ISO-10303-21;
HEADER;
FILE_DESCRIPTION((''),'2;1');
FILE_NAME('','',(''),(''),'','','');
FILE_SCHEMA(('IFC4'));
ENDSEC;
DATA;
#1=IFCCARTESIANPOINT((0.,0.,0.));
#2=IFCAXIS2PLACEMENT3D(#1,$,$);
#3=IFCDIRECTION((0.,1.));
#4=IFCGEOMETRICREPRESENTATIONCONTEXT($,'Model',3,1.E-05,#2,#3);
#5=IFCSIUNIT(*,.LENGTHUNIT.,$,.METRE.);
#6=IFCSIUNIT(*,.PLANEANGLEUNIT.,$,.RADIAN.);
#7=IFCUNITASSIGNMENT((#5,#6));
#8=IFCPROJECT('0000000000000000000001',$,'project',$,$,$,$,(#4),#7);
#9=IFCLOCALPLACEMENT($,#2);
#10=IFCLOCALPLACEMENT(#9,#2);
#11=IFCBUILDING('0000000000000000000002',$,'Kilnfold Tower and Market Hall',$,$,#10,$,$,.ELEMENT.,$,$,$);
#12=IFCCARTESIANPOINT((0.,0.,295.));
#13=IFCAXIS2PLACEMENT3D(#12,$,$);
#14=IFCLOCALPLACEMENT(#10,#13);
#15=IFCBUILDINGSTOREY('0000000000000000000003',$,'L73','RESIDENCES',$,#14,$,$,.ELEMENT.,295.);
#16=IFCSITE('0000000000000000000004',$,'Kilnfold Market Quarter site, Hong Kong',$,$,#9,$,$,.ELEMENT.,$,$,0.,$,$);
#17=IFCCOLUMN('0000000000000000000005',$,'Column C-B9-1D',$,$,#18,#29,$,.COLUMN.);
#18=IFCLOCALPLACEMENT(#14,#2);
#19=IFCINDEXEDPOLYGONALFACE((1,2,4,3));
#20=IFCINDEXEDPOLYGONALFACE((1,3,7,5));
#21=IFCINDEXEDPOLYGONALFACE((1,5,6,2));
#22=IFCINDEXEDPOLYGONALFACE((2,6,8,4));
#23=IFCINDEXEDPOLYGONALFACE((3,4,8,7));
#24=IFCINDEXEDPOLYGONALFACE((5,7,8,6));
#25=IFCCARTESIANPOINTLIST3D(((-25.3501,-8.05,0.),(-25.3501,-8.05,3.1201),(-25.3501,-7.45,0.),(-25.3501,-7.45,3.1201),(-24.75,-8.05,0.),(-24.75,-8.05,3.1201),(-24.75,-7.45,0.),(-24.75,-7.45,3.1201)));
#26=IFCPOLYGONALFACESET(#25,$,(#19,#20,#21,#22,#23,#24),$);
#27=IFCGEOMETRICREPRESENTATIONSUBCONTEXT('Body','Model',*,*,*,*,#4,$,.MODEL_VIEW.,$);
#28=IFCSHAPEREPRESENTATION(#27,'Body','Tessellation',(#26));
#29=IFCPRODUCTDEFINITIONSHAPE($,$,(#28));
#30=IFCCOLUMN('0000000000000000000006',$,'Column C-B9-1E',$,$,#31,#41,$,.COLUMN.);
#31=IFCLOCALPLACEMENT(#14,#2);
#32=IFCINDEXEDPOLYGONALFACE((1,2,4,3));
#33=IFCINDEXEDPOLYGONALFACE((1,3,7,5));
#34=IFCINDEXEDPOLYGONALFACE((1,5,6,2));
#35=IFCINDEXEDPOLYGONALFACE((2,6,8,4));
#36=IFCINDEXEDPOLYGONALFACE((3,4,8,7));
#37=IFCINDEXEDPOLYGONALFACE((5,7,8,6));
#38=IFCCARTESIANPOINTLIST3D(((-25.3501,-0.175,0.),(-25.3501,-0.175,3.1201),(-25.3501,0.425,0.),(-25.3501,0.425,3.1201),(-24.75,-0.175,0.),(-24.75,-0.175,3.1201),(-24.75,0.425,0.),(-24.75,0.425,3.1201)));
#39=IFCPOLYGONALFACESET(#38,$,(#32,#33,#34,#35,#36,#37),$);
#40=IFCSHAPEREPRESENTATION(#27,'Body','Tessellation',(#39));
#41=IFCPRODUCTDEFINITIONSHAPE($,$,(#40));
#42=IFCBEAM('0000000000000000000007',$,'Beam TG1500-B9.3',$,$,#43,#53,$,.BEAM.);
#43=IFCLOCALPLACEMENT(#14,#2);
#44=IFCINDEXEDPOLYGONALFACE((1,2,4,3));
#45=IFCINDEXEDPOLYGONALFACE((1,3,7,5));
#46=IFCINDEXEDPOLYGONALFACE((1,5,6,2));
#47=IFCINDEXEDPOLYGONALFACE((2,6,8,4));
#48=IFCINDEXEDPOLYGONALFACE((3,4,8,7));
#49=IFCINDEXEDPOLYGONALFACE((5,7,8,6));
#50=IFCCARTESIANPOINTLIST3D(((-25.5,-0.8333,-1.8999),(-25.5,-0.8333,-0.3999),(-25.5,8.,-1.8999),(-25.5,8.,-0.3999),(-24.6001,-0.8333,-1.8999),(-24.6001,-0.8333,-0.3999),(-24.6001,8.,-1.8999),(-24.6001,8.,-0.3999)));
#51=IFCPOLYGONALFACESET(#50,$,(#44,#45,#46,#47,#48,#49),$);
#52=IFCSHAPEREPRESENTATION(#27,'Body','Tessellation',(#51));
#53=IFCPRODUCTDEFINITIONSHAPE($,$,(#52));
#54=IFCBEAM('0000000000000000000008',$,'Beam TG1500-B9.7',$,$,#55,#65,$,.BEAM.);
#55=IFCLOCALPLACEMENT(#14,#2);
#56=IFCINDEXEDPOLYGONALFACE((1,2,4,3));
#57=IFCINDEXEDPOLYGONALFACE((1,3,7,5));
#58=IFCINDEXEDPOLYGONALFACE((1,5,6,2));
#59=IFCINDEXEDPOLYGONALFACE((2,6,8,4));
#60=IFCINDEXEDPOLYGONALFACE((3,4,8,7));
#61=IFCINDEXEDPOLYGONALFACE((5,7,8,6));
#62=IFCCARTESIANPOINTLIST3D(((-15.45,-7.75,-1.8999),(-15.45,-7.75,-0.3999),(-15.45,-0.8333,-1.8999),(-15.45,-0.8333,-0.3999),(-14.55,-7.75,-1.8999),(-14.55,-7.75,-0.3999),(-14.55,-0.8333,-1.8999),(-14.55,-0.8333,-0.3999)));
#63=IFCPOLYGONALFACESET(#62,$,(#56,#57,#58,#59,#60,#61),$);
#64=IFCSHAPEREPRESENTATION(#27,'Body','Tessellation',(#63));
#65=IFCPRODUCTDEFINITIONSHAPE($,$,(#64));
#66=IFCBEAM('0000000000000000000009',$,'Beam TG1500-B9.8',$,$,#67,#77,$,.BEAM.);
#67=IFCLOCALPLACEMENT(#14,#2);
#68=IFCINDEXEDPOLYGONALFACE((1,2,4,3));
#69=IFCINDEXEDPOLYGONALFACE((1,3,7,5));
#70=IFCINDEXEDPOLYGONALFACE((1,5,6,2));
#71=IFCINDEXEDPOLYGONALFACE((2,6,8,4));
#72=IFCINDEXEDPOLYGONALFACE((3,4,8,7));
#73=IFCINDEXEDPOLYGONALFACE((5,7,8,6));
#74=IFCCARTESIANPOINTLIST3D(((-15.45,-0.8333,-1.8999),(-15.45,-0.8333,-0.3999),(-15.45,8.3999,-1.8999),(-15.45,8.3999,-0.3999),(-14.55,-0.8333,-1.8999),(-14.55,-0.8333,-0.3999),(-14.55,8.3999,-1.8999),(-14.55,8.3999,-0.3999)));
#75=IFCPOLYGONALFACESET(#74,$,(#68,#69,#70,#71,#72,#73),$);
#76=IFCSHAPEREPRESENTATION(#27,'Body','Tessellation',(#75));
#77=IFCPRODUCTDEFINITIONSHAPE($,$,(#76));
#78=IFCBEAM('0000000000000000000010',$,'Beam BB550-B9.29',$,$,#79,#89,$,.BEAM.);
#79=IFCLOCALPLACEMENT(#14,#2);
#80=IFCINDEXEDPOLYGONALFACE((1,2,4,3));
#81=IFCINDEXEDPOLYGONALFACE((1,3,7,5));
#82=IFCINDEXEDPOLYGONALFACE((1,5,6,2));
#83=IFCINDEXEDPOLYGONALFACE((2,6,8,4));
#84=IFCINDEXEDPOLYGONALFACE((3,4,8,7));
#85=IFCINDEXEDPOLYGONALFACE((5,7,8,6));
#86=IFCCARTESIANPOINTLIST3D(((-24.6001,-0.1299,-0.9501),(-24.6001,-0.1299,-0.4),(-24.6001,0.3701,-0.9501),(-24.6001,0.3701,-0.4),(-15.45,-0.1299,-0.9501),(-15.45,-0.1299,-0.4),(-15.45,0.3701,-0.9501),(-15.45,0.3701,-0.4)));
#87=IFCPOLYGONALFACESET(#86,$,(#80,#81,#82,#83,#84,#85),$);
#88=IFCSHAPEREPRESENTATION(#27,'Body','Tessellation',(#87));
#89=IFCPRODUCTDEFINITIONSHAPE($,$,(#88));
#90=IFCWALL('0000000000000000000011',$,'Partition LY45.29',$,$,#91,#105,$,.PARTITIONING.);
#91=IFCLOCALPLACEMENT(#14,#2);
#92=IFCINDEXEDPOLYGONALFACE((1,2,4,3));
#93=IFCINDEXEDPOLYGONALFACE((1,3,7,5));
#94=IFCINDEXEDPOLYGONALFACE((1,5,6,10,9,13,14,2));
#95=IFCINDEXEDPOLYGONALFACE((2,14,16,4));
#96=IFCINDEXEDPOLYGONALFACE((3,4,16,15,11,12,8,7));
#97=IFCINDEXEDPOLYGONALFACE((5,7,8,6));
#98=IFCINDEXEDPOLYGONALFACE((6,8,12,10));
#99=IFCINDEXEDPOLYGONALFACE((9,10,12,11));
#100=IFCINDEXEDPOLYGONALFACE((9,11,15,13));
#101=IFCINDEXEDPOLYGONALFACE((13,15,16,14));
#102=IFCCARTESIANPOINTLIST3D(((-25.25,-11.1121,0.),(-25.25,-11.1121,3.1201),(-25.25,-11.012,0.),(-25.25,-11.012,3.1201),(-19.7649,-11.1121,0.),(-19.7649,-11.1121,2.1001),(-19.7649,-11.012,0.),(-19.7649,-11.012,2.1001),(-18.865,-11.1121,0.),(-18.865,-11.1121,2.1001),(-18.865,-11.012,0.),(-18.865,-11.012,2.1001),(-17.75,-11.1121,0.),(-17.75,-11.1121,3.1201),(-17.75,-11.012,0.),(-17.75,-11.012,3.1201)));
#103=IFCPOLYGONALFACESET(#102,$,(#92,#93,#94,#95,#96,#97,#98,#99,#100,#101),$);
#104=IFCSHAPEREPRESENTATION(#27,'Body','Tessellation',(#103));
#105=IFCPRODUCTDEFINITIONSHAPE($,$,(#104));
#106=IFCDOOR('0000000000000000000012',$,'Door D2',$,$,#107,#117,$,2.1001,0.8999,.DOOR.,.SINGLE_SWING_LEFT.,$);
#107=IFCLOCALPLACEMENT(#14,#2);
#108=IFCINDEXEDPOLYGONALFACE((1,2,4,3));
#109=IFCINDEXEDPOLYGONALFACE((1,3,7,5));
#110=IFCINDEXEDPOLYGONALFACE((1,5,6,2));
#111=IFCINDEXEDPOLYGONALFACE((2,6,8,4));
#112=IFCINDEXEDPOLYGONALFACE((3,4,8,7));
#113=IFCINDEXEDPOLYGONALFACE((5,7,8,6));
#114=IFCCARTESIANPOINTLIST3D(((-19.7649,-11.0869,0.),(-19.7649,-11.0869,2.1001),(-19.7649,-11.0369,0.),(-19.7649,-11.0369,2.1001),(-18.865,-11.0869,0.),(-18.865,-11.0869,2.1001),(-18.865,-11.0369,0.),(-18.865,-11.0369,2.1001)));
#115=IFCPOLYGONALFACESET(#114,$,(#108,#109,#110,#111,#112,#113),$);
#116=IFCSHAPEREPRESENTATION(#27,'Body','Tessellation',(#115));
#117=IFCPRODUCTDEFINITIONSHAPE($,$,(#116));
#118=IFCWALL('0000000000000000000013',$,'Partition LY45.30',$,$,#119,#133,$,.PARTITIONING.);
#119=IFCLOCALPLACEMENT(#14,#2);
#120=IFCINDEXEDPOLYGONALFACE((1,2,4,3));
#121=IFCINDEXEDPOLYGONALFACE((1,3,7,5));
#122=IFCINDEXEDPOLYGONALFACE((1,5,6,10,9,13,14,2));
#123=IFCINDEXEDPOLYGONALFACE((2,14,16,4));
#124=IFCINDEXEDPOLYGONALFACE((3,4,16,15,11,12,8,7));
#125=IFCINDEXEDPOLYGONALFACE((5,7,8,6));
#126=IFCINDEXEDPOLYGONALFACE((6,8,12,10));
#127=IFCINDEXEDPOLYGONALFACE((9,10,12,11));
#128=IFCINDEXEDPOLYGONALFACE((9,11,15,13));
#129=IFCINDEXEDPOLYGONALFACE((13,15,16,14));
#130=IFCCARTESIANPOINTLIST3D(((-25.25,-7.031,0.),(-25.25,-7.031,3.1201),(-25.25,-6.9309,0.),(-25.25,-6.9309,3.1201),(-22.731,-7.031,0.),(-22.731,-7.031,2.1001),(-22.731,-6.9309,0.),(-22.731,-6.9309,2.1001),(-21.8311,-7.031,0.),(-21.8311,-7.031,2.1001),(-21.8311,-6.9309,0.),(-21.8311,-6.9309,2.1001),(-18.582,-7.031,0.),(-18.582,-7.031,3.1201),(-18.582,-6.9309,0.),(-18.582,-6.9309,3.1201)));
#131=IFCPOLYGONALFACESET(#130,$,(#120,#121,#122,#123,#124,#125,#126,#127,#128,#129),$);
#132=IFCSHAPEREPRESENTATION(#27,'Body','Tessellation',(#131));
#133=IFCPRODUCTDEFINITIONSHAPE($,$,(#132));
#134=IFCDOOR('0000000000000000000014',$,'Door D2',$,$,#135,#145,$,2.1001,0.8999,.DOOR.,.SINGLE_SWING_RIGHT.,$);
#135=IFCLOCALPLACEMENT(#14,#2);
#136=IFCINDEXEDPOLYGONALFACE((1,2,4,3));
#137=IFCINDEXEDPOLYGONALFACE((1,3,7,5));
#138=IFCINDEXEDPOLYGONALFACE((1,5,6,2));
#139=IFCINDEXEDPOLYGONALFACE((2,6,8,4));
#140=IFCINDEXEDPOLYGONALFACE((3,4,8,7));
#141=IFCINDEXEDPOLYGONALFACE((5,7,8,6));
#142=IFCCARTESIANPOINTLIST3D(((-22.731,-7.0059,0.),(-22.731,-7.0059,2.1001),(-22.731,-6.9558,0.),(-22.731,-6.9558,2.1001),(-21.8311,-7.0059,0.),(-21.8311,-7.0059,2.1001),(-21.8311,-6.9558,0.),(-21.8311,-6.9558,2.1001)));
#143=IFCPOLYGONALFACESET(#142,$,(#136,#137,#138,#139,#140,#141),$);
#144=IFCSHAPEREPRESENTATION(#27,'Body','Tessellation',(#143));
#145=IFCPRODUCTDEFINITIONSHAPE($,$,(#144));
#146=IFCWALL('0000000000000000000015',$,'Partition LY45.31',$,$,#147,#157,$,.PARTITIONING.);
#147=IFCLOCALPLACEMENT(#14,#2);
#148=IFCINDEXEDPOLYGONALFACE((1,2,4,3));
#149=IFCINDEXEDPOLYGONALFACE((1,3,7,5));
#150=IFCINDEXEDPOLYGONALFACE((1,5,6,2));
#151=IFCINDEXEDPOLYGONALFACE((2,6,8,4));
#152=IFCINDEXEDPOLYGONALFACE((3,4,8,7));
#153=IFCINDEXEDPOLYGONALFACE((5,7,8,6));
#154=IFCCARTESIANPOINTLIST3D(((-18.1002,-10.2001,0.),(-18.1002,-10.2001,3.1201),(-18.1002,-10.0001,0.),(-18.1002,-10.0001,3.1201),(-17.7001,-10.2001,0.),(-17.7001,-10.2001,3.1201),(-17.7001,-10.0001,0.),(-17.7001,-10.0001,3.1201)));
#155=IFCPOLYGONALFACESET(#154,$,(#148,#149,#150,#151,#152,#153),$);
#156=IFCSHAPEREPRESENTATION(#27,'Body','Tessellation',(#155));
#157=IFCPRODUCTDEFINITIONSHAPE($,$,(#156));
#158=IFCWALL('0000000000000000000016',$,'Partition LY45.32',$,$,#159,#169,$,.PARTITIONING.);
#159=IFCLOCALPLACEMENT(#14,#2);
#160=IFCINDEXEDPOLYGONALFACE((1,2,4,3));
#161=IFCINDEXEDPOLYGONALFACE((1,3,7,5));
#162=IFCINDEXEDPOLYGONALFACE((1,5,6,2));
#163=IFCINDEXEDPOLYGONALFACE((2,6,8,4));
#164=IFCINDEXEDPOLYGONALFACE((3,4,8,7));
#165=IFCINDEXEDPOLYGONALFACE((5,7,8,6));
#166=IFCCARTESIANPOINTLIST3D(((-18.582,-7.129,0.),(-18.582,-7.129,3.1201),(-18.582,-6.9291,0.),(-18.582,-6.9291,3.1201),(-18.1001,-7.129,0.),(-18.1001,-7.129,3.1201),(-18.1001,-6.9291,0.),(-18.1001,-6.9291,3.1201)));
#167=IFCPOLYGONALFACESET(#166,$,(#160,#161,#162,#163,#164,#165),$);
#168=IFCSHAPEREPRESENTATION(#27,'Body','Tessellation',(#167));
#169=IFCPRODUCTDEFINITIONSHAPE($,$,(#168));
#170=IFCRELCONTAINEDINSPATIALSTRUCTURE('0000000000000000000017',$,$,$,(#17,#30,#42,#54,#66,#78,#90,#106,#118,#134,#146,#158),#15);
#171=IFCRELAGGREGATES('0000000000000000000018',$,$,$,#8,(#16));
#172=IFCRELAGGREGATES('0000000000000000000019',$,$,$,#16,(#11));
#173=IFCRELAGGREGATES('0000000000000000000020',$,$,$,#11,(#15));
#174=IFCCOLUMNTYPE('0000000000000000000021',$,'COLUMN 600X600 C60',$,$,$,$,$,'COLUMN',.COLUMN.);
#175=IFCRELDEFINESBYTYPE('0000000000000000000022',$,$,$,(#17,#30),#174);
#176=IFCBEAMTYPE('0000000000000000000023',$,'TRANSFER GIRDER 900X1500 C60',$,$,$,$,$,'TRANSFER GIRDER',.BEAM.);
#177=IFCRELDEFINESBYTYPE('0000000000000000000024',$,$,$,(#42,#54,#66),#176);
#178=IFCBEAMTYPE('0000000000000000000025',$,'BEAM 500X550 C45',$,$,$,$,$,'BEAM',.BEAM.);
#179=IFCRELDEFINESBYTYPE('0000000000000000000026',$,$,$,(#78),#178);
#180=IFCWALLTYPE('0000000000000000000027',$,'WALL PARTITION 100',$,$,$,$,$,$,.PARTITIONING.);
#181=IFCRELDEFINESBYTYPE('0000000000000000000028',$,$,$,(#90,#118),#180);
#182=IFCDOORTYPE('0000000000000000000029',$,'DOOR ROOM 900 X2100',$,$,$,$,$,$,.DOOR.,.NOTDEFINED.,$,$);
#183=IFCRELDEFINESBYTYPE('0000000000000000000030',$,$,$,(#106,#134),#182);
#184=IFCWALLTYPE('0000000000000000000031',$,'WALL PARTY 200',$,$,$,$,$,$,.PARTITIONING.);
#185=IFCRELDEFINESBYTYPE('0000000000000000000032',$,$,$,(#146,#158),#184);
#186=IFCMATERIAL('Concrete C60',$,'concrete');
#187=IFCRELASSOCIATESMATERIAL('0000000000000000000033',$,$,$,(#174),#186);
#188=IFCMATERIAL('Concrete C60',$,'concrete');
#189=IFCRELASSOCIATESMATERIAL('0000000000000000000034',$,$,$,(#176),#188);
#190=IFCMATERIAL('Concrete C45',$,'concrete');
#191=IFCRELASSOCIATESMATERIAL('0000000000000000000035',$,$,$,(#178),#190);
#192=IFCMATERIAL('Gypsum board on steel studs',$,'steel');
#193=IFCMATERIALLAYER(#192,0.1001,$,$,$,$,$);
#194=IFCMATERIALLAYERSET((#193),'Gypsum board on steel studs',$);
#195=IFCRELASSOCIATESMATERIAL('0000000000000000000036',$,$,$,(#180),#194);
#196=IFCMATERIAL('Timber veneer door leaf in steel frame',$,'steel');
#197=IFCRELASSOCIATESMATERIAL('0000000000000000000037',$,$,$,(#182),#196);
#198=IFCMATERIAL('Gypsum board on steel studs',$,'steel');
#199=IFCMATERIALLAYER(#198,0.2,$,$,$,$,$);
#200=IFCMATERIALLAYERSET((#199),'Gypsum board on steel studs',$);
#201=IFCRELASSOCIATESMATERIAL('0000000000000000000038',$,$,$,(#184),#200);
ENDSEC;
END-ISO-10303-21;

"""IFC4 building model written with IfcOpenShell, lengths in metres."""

from ifc_helpers import new_model, si_unit, direction, frame, frame_2d, origin, origin_2d, place, context, subcontext, project, spatial, rectangle, extrude, source, transform, mapped, material, layer, layer_set, material_profile, profile_set, type_object, element, fill, save


model = new_model("IFC4")

# Units and contexts
model_context = context("Model", 3, precision=1e-05, world=origin(), true_north=direction((0.0, 1.0)))
body_context = subcontext(model_context, "Body", "Model", "MODEL_VIEW")
ifc_project = project(units=[si_unit("LENGTHUNIT", "METRE"), si_unit("PLANEANGLEUNIT", "RADIAN")], contexts=[model_context])

# Site, building, storey
site_placement = place(None, origin())
site = spatial("IfcSite", under=ifc_project, at=site_placement, Name="Kilnfold Market Quarter site, Hong Kong", CompositionType="ELEMENT", RefElevation=0.0)
building_placement = place(site_placement, origin())
building = spatial("IfcBuilding", under=site, at=building_placement, Name="Kilnfold Tower and Market Hall", CompositionType="ELEMENT")
storey_placement = place(building_placement, frame((0.0, 0.0, 295.0)))
storey = spatial("IfcBuildingStorey", under=building, at=storey_placement, Name="L73", Description="RESIDENCES", CompositionType="ELEMENT", Elevation=295.0)

# Columns
ifc_material_1 = material(Name="Concrete C60", Category="concrete")
ifc_material_profile_1 = material_profile(ifc_material_1, rectangle(XDim=0.6001, YDim=0.6001, at=origin_2d()), Name="RC 600x600")
ifc_profile_set_1 = profile_set([ifc_material_profile_1], Name="Concrete C60")
column_type = type_object("IfcColumnType", Name="COLUMN 600X600 C60", ElementType="COLUMN", PredefinedType="COLUMN", material=ifc_profile_set_1)
shared_shape_1 = source(origin(), body_context, "Body", "SweptSolid", [
    extrude(rectangle(XDim=0.6001, YDim=0.6001, at=origin_2d()), origin(), (0.0, 0.0, 1.0), 3.1201),
])
for number, where, z_axis, x_axis, name in (
    (1, (-25.05, -7.75, 0.0), (0.0, 0.0, 1.0), (1.0, 0.0, 0.0), "Column C-B9-1D"),
    (2, (-25.05, 0.125, 0.0), (0.0, 0.0, 1.0), (1.0, 0.0, 0.0), "Column C-B9-1E"),
):
    element("IfcColumn", number, at=place(storey_placement, frame(where, z_axis=z_axis, x_axis=x_axis)), inside=storey, type_object=column_type, Name=name, PredefinedType="COLUMN", context=body_context, shape_type="MappedRepresentation", body=[
        mapped(shared_shape_1, transform((0.0, 0.0, 0.0))),
    ])

# Beams
ifc_material_2 = material(Name="Concrete C60", Category="concrete")
ifc_material_profile_2 = material_profile(ifc_material_2, rectangle(XDim=0.8999, YDim=1.5, at=origin_2d()), Name="RC 900x1500")
ifc_profile_set_2 = profile_set([ifc_material_profile_2], Name="Concrete C60")
beam_type_1 = type_object("IfcBeamType", Name="TRANSFER GIRDER 900X1500 C60", ElementType="TRANSFER GIRDER", PredefinedType="BEAM", material=ifc_profile_set_2)
shared_shape_2 = source(origin(), body_context, "Body", "SweptSolid", [
    extrude(rectangle(XDim=0.8999, YDim=1.5, at=origin_2d()), origin(), (0.0, 0.0, 1.0), 8.8333),
])
beam_1_placement = place(storey_placement, frame((-25.05, -0.8333, -1.1499), z_axis=(0.0, 1.0, 0.0), x_axis=(-1.0, 0.0, 0.0)))
element("IfcBeam", 3, at=beam_1_placement, inside=storey, type_object=beam_type_1, Name="Beam TG1500-B9.3", PredefinedType="BEAM", context=body_context, shape_type="MappedRepresentation", body=[
    mapped(shared_shape_2, transform((0.0, 0.0, 0.0))),
])
shared_shape_3 = source(origin(), body_context, "Body", "SweptSolid", [
    extrude(rectangle(XDim=0.8999, YDim=1.5, at=origin_2d()), origin(), (0.0, 0.0, 1.0), 6.9167),
])
beam_2_placement = place(storey_placement, frame((-15.0, -7.75, -1.1499), z_axis=(0.0, 1.0, 0.0), x_axis=(-1.0, 0.0, 0.0)))
element("IfcBeam", 4, at=beam_2_placement, inside=storey, type_object=beam_type_1, Name="Beam TG1500-B9.7", PredefinedType="BEAM", context=body_context, shape_type="MappedRepresentation", body=[
    mapped(shared_shape_3, transform((0.0, 0.0, 0.0))),
])
shared_shape_4 = source(origin(), body_context, "Body", "SweptSolid", [
    extrude(rectangle(XDim=0.8999, YDim=1.5, at=origin_2d()), origin(), (0.0, 0.0, 1.0), 9.2332),
])
beam_3_placement = place(storey_placement, frame((-15.0, -0.8333, -1.1499), z_axis=(0.0, 1.0, 0.0), x_axis=(-1.0, 0.0, 0.0)))
element("IfcBeam", 5, at=beam_3_placement, inside=storey, type_object=beam_type_1, Name="Beam TG1500-B9.8", PredefinedType="BEAM", context=body_context, shape_type="MappedRepresentation", body=[
    mapped(shared_shape_4, transform((0.0, 0.0, 0.0))),
])
ifc_material_3 = material(Name="Concrete C45", Category="concrete")
ifc_material_profile_3 = material_profile(ifc_material_3, rectangle(XDim=0.5, YDim=0.55, at=origin_2d()), Name="RC 500x550")
ifc_profile_set_3 = profile_set([ifc_material_profile_3], Name="Concrete C45")
beam_type_2 = type_object("IfcBeamType", Name="BEAM 500X550 C45", ElementType="BEAM", PredefinedType="BEAM", material=ifc_profile_set_3)
shared_shape_5 = source(origin(), body_context, "Body", "SweptSolid", [
    extrude(rectangle(XDim=0.5, YDim=0.55, at=origin_2d()), origin(), (0.0, 0.0, 1.0), 9.1501),
])
beam_4_placement = place(storey_placement, frame((-24.6001, 0.1201, -0.675), z_axis=(1.0, 0.0, 0.0), x_axis=(0.0, 1.0, 0.0)))
element("IfcBeam", 6, at=beam_4_placement, inside=storey, type_object=beam_type_2, Name="Beam BB550-B9.29", PredefinedType="BEAM", context=body_context, shape_type="MappedRepresentation", body=[
    mapped(shared_shape_5, transform((0.0, 0.0, 0.0))),
])

# Walls, openings, doors
ifc_material_4 = material(Name="Gypsum board on steel studs", Category="steel")
ifc_layer_1 = layer(ifc_material_4, 0.1001)
ifc_layer_set_1 = layer_set([ifc_layer_1], Name="Gypsum board on steel studs")
wall_type_1 = type_object("IfcWallType", Name="WALL PARTITION 100", PredefinedType="PARTITIONING", material=ifc_layer_set_1)
wall_1_placement = place(storey_placement, frame((-17.75, -11.062, 0.0), z_axis=(0.0, 0.0, 1.0), x_axis=(-1.0, 0.0, 0.0)))
wall_1 = element("IfcWall", 7, at=wall_1_placement, inside=storey, type_object=wall_type_1, Name="Partition LY45.29", PredefinedType="PARTITIONING", context=body_context, shape_type="SweptSolid", body=[
    extrude(rectangle(XDim=7.5, YDim=0.1001, at=frame_2d((3.75, 0.0))), origin(), (0.0, 0.0, 1.0), 3.1201),
])
opening_1_placement = place(wall_1_placement, frame((1.115, 0.0, 0.0)))
opening_1 = element("IfcOpeningElement", 8, at=opening_1_placement, cuts=wall_1, PredefinedType="OPENING", context=body_context, shape_type="SweptSolid", body=[
    extrude(rectangle(XDim=0.8999, YDim=2.1001, at=frame_2d((0.45, 1.05))), frame((0.0, 0.0601, 0.0), z_axis=(0.0, -1.0, 0.0), x_axis=(1.0, 0.0, 0.0)), (0.0, 0.0, 1.0), 0.1201),
])
ifc_material_5 = material(Name="Timber veneer door leaf in steel frame", Category="steel")
door_type = type_object("IfcDoorType", Name="DOOR ROOM 900 X2100", OperationType="NOTDEFINED", PredefinedType="DOOR", material=ifc_material_5)
door_1_placement = place(opening_1_placement, origin())
door_1 = element("IfcDoor", 9, at=door_1_placement, inside=storey, type_object=door_type, Name="Door D2", OperationType="SINGLE_SWING_LEFT", OverallHeight=2.1001, OverallWidth=0.8999, PredefinedType="DOOR", context=body_context, shape_type="SweptSolid", body=[
    extrude(rectangle(XDim=0.8999, YDim=2.1001, at=frame_2d((0.45, 1.05))), frame((0.0, 0.0249, 0.0), z_axis=(0.0, -1.0, 0.0), x_axis=(1.0, 0.0, 0.0)), (0.0, 0.0, 1.0), 0.05),
])
fill(opening_1, door_1)
wall_2_placement = place(storey_placement, frame((-18.582, -6.981, 0.0), z_axis=(0.0, 0.0, 1.0), x_axis=(-1.0, 0.0, 0.0)))
wall_2 = element("IfcWall", 10, at=wall_2_placement, inside=storey, type_object=wall_type_1, Name="Partition LY45.30", PredefinedType="PARTITIONING", context=body_context, shape_type="SweptSolid", body=[
    extrude(rectangle(XDim=6.668, YDim=0.1001, at=frame_2d((3.334, 0.0))), origin(), (0.0, 0.0, 1.0), 3.1201),
])
opening_2_placement = place(wall_2_placement, frame((3.249, 0.0, 0.0)))
opening_2 = element("IfcOpeningElement", 11, at=opening_2_placement, cuts=wall_2, PredefinedType="OPENING", context=body_context, shape_type="SweptSolid", body=[
    extrude(rectangle(XDim=0.8999, YDim=2.1001, at=frame_2d((0.45, 1.05))), frame((0.0, 0.0601, 0.0), z_axis=(0.0, -1.0, 0.0), x_axis=(1.0, 0.0, 0.0)), (0.0, 0.0, 1.0), 0.1201),
])
door_2_placement = place(opening_2_placement, origin())
door_2 = element("IfcDoor", 12, at=door_2_placement, inside=storey, type_object=door_type, Name="Door D2", OperationType="SINGLE_SWING_RIGHT", OverallHeight=2.1001, OverallWidth=0.8999, PredefinedType="DOOR", context=body_context, shape_type="SweptSolid", body=[
    extrude(rectangle(XDim=0.8999, YDim=2.1001, at=frame_2d((0.45, 1.05))), frame((0.0, 0.0249, 0.0), z_axis=(0.0, -1.0, 0.0), x_axis=(1.0, 0.0, 0.0)), (0.0, 0.0, 1.0), 0.05),
])
fill(opening_2, door_2)

# Walls
ifc_material_6 = material(Name="Gypsum board on steel studs", Category="steel")
ifc_layer_2 = layer(ifc_material_6, 0.2)
ifc_layer_set_2 = layer_set([ifc_layer_2], Name="Gypsum board on steel studs")
wall_type_2 = type_object("IfcWallType", Name="WALL PARTY 200", PredefinedType="PARTITIONING", material=ifc_layer_set_2)
wall_3_placement = place(storey_placement, frame((-17.7, -10.1001, 0.0), z_axis=(0.0, 0.0, 1.0), x_axis=(-1.0, 0.0, 0.0)))
element("IfcWall", 13, at=wall_3_placement, inside=storey, type_object=wall_type_2, Name="Partition LY45.31", PredefinedType="PARTITIONING", context=body_context, shape_type="SweptSolid", body=[
    extrude(rectangle(XDim=0.4001, YDim=0.2, at=frame_2d((0.2002, 0.0))), origin(), (0.0, 0.0, 1.0), 3.1201),
])
wall_4_placement = place(storey_placement, frame((-18.582, -7.0291, 0.0), z_axis=(0.0, 0.0, 1.0), x_axis=(1.0, 0.0, 0.0)))
element("IfcWall", 14, at=wall_4_placement, inside=storey, type_object=wall_type_2, Name="Partition LY45.32", PredefinedType="PARTITIONING", context=body_context, shape_type="SweptSolid", body=[
    extrude(rectangle(XDim=0.4819, YDim=0.2, at=frame_2d((0.241, 0.0))), origin(), (0.0, 0.0, 1.0), 3.1201),
])

save(model, "model.ifc")
